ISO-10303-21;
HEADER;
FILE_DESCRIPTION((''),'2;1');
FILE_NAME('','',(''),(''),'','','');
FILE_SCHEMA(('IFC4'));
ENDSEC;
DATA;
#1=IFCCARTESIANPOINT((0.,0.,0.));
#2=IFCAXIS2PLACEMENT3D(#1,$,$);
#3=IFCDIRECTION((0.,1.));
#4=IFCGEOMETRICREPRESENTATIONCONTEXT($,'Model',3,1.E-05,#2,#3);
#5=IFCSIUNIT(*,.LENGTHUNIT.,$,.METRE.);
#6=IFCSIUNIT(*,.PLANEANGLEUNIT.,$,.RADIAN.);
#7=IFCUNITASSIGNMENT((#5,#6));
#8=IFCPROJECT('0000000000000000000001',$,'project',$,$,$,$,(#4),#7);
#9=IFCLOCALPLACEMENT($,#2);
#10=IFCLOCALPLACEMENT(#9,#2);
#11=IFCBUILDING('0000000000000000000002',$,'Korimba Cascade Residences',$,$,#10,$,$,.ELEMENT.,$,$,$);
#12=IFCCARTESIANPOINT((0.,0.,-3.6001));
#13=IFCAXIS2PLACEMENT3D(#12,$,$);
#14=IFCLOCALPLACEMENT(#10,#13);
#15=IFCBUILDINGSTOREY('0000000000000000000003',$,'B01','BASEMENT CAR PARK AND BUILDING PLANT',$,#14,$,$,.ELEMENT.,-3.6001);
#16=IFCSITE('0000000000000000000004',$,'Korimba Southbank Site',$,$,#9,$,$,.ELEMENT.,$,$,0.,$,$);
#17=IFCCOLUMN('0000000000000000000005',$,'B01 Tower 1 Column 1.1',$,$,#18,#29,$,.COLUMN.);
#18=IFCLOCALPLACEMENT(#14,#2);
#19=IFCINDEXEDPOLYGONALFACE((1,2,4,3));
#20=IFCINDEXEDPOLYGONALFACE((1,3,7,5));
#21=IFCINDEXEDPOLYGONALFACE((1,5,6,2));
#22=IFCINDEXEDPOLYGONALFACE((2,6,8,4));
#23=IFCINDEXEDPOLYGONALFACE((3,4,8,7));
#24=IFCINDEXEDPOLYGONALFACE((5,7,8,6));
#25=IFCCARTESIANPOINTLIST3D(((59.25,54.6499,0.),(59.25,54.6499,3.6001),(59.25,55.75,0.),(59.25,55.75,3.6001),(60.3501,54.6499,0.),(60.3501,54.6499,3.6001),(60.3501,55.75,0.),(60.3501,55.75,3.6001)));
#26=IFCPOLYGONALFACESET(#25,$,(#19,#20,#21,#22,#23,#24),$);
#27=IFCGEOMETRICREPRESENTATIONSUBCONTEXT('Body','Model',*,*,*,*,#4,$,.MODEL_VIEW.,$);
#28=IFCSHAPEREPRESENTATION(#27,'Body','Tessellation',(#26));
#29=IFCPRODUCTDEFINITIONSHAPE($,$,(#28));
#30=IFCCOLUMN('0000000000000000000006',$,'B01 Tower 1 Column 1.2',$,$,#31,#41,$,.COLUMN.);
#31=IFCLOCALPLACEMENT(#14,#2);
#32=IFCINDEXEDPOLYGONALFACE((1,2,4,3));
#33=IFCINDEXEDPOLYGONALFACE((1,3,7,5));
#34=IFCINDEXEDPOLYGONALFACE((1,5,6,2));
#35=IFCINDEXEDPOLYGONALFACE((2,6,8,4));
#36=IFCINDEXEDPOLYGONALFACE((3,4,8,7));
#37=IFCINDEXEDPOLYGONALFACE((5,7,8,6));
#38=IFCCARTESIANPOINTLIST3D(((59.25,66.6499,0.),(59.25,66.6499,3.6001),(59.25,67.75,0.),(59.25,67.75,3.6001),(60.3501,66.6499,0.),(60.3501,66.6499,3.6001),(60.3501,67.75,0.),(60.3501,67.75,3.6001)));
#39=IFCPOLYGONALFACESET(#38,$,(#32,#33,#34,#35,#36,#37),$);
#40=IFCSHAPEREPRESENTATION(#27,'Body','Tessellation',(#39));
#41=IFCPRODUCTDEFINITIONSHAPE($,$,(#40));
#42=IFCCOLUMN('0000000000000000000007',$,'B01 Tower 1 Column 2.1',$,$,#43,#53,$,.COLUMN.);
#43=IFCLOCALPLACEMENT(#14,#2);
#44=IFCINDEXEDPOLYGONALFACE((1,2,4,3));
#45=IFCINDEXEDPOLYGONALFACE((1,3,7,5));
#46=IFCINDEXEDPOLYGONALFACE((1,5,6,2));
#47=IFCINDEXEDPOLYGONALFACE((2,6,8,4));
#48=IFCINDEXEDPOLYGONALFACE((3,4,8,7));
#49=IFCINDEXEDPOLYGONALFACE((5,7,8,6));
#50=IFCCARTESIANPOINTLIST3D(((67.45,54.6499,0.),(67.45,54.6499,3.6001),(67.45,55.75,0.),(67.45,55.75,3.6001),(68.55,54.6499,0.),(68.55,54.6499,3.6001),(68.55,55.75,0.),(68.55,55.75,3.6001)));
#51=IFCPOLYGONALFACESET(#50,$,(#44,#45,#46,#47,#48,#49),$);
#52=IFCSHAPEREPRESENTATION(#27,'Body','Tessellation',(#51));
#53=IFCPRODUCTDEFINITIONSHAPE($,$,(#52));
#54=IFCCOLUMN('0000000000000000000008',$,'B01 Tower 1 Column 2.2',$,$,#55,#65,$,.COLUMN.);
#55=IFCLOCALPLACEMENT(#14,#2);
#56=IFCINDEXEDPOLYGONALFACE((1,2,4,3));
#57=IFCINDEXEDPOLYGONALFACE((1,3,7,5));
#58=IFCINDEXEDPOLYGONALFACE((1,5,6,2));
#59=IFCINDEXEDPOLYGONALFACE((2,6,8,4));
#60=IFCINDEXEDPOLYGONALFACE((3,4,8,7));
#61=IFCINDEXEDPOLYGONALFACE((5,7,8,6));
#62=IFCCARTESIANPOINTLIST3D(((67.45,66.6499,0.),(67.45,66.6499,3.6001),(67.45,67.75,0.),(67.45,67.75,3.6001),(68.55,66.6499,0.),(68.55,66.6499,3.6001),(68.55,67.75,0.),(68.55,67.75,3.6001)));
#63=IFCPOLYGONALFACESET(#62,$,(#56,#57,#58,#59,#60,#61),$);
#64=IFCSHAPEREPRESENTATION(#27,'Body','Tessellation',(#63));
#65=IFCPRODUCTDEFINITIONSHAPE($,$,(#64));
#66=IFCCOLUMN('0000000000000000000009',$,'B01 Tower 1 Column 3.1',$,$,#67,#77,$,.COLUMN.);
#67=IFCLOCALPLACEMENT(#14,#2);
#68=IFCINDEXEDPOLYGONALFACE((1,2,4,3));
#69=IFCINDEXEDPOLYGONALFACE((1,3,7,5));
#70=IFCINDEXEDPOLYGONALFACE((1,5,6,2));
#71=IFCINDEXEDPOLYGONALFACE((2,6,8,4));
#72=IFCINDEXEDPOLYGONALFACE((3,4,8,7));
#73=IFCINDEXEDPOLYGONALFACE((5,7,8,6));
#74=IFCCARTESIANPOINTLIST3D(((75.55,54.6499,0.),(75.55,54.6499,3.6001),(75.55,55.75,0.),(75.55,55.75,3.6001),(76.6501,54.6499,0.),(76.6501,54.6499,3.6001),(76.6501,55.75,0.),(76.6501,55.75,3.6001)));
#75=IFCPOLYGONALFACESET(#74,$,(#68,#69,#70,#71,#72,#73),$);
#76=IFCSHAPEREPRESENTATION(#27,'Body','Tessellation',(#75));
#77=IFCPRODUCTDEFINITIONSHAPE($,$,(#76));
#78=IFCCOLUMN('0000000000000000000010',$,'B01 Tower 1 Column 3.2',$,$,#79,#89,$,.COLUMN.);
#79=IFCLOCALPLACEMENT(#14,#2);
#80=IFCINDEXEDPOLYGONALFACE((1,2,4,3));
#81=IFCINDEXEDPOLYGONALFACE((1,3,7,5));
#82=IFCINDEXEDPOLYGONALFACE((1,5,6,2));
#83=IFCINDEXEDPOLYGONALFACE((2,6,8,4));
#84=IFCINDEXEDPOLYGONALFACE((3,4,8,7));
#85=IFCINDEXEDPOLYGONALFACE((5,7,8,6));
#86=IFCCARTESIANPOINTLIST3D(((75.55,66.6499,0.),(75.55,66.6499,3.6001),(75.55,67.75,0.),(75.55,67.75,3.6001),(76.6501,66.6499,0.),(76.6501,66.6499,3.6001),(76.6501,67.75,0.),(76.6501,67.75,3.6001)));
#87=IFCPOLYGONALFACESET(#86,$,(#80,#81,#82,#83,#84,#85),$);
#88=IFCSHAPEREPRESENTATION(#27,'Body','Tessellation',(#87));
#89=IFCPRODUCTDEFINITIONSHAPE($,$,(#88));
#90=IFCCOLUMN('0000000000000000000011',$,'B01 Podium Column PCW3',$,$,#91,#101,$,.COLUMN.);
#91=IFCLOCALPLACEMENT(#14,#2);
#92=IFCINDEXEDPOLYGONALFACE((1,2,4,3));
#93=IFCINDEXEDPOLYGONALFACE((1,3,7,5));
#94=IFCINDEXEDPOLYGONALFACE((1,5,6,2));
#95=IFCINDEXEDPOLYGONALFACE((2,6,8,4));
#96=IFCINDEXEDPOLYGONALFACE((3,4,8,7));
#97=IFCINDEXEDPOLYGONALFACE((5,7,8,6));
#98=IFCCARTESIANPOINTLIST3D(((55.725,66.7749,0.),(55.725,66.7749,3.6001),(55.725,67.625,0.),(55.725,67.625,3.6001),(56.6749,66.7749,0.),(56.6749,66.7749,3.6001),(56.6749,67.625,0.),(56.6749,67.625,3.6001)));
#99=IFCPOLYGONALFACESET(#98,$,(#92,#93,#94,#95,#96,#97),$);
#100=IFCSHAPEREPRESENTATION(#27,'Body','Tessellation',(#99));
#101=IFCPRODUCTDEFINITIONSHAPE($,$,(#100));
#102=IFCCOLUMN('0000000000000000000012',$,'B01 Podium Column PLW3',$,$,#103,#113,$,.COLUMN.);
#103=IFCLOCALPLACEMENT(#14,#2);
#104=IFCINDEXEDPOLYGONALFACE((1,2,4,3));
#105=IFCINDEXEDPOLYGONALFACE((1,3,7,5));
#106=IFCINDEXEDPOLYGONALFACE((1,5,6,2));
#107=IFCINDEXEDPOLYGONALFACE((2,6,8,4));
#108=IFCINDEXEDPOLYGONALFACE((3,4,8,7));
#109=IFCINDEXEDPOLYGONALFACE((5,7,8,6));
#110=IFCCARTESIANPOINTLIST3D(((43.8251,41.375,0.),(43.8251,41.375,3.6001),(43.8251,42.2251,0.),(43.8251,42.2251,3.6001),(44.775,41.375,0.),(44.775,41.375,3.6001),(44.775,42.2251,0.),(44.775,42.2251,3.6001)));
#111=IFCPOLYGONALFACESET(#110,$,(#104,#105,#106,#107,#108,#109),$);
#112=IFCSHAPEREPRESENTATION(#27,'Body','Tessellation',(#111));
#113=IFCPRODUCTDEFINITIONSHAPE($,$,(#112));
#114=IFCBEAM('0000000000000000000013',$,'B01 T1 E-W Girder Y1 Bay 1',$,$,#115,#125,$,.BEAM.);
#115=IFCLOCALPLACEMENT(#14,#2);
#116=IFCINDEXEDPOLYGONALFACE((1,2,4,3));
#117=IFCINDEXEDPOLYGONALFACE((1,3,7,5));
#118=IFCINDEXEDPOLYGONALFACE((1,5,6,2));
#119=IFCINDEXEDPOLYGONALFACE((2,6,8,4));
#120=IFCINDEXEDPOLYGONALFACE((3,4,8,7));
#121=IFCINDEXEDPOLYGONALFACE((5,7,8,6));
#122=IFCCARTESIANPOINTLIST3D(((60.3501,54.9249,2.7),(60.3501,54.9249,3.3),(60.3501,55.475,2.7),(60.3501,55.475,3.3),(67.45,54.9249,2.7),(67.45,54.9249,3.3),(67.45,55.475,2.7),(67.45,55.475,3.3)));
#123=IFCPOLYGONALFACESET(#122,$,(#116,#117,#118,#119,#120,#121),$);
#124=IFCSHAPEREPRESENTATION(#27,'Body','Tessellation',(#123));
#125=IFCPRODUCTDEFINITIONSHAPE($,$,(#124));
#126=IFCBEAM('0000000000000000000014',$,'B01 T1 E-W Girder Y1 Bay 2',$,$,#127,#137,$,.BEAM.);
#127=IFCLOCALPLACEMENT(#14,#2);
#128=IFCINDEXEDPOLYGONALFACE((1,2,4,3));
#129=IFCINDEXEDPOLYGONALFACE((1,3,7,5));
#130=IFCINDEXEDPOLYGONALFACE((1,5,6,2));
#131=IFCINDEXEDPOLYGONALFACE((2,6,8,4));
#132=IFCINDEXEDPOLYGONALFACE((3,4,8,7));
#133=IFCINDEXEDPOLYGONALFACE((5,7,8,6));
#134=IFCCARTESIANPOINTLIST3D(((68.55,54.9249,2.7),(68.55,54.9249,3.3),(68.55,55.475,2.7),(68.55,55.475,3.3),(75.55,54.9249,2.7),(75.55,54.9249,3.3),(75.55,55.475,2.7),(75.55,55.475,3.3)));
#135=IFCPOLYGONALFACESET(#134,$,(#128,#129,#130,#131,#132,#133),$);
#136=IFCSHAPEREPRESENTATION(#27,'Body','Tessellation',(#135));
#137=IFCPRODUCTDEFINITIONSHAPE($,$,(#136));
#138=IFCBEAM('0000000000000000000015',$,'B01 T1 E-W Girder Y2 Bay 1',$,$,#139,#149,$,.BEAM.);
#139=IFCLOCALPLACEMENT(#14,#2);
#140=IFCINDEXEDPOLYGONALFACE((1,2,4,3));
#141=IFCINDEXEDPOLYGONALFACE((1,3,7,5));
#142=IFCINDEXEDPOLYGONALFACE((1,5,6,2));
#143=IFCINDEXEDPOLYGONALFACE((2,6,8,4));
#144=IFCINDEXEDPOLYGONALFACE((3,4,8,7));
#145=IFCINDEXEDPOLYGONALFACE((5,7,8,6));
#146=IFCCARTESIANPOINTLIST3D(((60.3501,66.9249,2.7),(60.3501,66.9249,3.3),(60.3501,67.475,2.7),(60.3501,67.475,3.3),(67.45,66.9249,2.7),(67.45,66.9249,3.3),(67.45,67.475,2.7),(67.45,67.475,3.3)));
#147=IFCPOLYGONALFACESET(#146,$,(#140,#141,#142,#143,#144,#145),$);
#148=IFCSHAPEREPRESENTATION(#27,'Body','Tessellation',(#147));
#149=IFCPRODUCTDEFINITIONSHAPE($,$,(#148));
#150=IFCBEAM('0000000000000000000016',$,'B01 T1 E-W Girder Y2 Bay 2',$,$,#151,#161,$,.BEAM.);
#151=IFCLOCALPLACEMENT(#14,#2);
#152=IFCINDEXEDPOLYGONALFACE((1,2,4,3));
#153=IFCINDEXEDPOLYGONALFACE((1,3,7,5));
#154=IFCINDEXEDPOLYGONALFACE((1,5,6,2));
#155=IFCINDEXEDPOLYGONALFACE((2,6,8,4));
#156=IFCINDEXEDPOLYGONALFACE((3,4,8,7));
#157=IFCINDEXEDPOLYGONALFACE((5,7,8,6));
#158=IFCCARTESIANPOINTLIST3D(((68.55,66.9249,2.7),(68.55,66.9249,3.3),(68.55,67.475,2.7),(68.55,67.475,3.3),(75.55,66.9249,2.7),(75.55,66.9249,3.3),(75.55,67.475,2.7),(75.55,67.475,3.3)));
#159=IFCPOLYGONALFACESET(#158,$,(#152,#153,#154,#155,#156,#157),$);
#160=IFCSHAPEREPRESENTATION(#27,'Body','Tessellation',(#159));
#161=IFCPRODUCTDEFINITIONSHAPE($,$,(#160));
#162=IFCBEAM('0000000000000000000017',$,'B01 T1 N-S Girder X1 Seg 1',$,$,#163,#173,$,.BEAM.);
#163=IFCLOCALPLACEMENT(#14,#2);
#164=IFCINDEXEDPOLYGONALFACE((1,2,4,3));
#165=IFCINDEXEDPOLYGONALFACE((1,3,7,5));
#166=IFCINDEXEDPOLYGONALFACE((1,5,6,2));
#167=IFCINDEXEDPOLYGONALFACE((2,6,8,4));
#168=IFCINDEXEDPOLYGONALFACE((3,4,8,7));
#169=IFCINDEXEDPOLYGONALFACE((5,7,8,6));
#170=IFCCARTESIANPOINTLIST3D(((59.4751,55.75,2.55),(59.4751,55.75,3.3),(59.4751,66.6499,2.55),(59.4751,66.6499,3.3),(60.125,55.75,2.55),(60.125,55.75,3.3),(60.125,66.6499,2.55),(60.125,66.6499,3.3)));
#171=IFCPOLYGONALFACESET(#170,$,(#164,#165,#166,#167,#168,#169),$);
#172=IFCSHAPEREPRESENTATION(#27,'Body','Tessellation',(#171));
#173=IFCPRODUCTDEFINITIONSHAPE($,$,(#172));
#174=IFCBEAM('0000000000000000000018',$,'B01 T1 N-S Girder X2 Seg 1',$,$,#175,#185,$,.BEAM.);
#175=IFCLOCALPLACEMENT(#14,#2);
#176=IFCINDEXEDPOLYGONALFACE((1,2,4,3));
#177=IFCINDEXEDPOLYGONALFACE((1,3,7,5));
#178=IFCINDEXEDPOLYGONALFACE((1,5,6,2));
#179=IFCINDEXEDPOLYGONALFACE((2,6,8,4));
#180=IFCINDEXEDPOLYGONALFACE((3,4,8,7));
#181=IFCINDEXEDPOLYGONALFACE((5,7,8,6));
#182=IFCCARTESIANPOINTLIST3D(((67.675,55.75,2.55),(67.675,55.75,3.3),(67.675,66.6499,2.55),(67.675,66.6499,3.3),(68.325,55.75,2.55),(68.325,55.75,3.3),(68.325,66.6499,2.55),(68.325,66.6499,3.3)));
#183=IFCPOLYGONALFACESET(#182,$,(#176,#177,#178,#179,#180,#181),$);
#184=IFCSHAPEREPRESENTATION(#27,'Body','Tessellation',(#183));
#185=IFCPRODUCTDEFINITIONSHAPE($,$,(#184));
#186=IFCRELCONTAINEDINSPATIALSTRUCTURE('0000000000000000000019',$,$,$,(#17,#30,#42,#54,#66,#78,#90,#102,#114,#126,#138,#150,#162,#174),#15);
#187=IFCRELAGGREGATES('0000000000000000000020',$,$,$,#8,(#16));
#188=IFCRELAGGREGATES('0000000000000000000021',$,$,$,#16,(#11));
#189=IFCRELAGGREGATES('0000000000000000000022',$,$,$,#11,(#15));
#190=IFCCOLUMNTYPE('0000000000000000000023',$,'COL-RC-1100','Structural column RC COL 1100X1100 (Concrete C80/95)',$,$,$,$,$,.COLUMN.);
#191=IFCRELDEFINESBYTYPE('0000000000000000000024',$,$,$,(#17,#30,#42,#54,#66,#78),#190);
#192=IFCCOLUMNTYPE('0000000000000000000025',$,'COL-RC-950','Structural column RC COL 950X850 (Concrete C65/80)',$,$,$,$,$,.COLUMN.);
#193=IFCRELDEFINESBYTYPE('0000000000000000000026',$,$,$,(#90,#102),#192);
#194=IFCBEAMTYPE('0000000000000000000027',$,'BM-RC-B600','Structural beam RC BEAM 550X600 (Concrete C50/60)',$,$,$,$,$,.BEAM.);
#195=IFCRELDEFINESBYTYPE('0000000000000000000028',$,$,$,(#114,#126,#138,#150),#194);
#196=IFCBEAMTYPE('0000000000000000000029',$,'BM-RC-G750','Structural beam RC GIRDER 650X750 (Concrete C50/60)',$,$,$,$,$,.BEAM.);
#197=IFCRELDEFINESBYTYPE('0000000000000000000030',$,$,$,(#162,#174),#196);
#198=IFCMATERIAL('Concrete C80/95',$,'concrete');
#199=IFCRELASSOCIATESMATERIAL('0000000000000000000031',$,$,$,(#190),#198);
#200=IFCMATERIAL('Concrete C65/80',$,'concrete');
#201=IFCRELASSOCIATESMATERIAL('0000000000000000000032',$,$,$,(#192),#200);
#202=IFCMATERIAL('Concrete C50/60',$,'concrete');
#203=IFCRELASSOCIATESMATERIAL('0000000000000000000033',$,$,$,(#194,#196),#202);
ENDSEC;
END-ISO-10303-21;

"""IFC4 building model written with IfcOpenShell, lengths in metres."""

from ifc_helpers import new_model, si_unit, direction, frame, origin, origin_2d, place, context, subcontext, project, spatial, rectangle, extrude, material, material_profile, profile_set, type_object, element, save


model = new_model("IFC4")

# Units and contexts
model_context = context("Model", 3, precision=1e-05, world=origin(), true_north=direction((0.0, 1.0)))
body_context = subcontext(model_context, "Body", "Model", "MODEL_VIEW")
ifc_project = project(units=[si_unit("LENGTHUNIT", "METRE"), si_unit("PLANEANGLEUNIT", "RADIAN")], contexts=[model_context])

# Site, building, storey
site_placement = place(None, origin())
site = spatial("IfcSite", under=ifc_project, at=site_placement, Name="Korimba Southbank Site", CompositionType="ELEMENT", RefElevation=0.0)
building_placement = place(site_placement, origin())
building = spatial("IfcBuilding", under=site, at=building_placement, Name="Korimba Cascade Residences", CompositionType="ELEMENT")
storey_placement = place(building_placement, frame((0.0, 0.0, -3.6001)))
storey = spatial("IfcBuildingStorey", under=building, at=storey_placement, Name="B01", Description="BASEMENT CAR PARK AND BUILDING PLANT", CompositionType="ELEMENT", Elevation=-3.6001)

# Columns
ifc_material_1 = material(Name="Concrete C80/95", Category="concrete")
ifc_material_profile_1 = material_profile(ifc_material_1, rectangle(XDim=1.1001, YDim=1.1001, at=origin_2d()), Name="Concrete C80/95")
ifc_profile_set_1 = profile_set([ifc_material_profile_1], Name="Concrete C80/95")
column_type_1 = type_object("IfcColumnType", Name="COL-RC-1100", Description="Structural column RC COL 1100X1100 (Concrete C80/95)", PredefinedType="COLUMN", material=ifc_profile_set_1)
for number, where, z_axis, x_axis, name in (
    (1, (59.8, 55.2, 0.0), (0.0, 0.0, 1.0), (1.0, 0.0, 0.0), "B01 Tower 1 Column 1.1"),
    (2, (59.8, 67.2, 0.0), (0.0, 0.0, 1.0), (1.0, 0.0, 0.0), "B01 Tower 1 Column 1.2"),
    (3, (68.0, 55.2, 0.0), (0.0, 0.0, 1.0), (1.0, 0.0, 0.0), "B01 Tower 1 Column 2.1"),
    (4, (68.0, 67.2, 0.0), (0.0, 0.0, 1.0), (1.0, 0.0, 0.0), "B01 Tower 1 Column 2.2"),
    (5, (76.1001, 55.2, 0.0), (0.0, 0.0, 1.0), (1.0, 0.0, 0.0), "B01 Tower 1 Column 3.1"),
    (6, (76.1001, 67.2, 0.0), (0.0, 0.0, 1.0), (1.0, 0.0, 0.0), "B01 Tower 1 Column 3.2"),
):
    element("IfcColumn", number, at=place(storey_placement, frame(where, z_axis=z_axis, x_axis=x_axis)), inside=storey, type_object=column_type_1, Name=name, PredefinedType="COLUMN", context=body_context, shape_type="SweptSolid", body=[
        extrude(rectangle(XDim=1.1001, YDim=1.1001, at=origin_2d()), origin(), (0.0, 0.0, 1.0), 3.6001),
    ])
ifc_material_2 = material(Name="Concrete C65/80", Category="concrete")
ifc_material_profile_2 = material_profile(ifc_material_2, rectangle(XDim=0.95, YDim=0.8501, at=origin_2d()), Name="Concrete C65/80")
ifc_profile_set_2 = profile_set([ifc_material_profile_2], Name="Concrete C65/80")
column_type_2 = type_object("IfcColumnType", Name="COL-RC-950", Description="Structural column RC COL 950X850 (Concrete C65/80)", PredefinedType="COLUMN", material=ifc_profile_set_2)
for number, where, z_axis, x_axis, name in (
    (7, (56.2, 67.2, 0.0), (0.0, 0.0, 1.0), (1.0, 0.0, 0.0), "B01 Podium Column PCW3"),
    (8, (44.3, 41.8, 0.0), (0.0, 0.0, 1.0), (1.0, 0.0, 0.0), "B01 Podium Column PLW3"),
):
    element("IfcColumn", number, at=place(storey_placement, frame(where, z_axis=z_axis, x_axis=x_axis)), inside=storey, type_object=column_type_2, Name=name, PredefinedType="COLUMN", context=body_context, shape_type="SweptSolid", body=[
        extrude(rectangle(XDim=0.95, YDim=0.8501, at=origin_2d()), origin(), (0.0, 0.0, 1.0), 3.6001),
    ])

# Beams
ifc_material_3 = material(Name="Concrete C50/60", Category="concrete")
ifc_material_profile_3 = material_profile(ifc_material_3, rectangle(XDim=0.55, YDim=0.6001, at=origin_2d()), Name="Concrete C50/60")
ifc_profile_set_3 = profile_set([ifc_material_profile_3], Name="Concrete C50/60")
beam_type_1 = type_object("IfcBeamType", Name="BM-RC-B600", Description="Structural beam RC BEAM 550X600 (Concrete C50/60)", PredefinedType="BEAM", material=ifc_profile_set_3)
beam_1_placement = place(storey_placement, frame((60.3501, 55.2, 3.0), z_axis=(1.0, 0.0, 0.0), x_axis=(0.0, 1.0, 0.0)))
element("IfcBeam", 9, at=beam_1_placement, inside=storey, type_object=beam_type_1, Name="B01 T1 E-W Girder Y1 Bay 1", PredefinedType="BEAM", context=body_context, shape_type="SweptSolid", body=[
    extrude(rectangle(XDim=0.55, YDim=0.6001, at=origin_2d()), origin(), (0.0, 0.0, 1.0), 7.0999),
])
beam_2_placement = place(storey_placement, frame((68.55, 55.2, 3.0), z_axis=(1.0, 0.0, 0.0), x_axis=(0.0, 1.0, 0.0)))
element("IfcBeam", 10, at=beam_2_placement, inside=storey, type_object=beam_type_1, Name="B01 T1 E-W Girder Y1 Bay 2", PredefinedType="BEAM", context=body_context, shape_type="SweptSolid", body=[
    extrude(rectangle(XDim=0.55, YDim=0.6001, at=origin_2d()), origin(), (0.0, 0.0, 1.0), 7.0),
])
beam_3_placement = place(storey_placement, frame((60.3501, 67.2, 3.0), z_axis=(1.0, 0.0, 0.0), x_axis=(0.0, 1.0, 0.0)))
element("IfcBeam", 11, at=beam_3_placement, inside=storey, type_object=beam_type_1, Name="B01 T1 E-W Girder Y2 Bay 1", PredefinedType="BEAM", context=body_context, shape_type="SweptSolid", body=[
    extrude(rectangle(XDim=0.55, YDim=0.6001, at=origin_2d()), origin(), (0.0, 0.0, 1.0), 7.0999),
])
beam_4_placement = place(storey_placement, frame((68.55, 67.2, 3.0), z_axis=(1.0, 0.0, 0.0), x_axis=(0.0, 1.0, 0.0)))
element("IfcBeam", 12, at=beam_4_placement, inside=storey, type_object=beam_type_1, Name="B01 T1 E-W Girder Y2 Bay 2", PredefinedType="BEAM", context=body_context, shape_type="SweptSolid", body=[
    extrude(rectangle(XDim=0.55, YDim=0.6001, at=origin_2d()), origin(), (0.0, 0.0, 1.0), 7.0),
])
ifc_material_profile_4 = material_profile(ifc_material_3, rectangle(XDim=0.6499, YDim=0.75, at=origin_2d()), Name="Concrete C50/60")
ifc_profile_set_4 = profile_set([ifc_material_profile_4], Name="Concrete C50/60")
beam_type_2 = type_object("IfcBeamType", Name="BM-RC-G750", Description="Structural beam RC GIRDER 650X750 (Concrete C50/60)", PredefinedType="BEAM", material=ifc_profile_set_4)
for number, where, z_axis, x_axis, name in (
    (13, (59.8, 55.75, 2.925), (0.0, 1.0, 0.0), (-1.0, 0.0, 0.0), "B01 T1 N-S Girder X1 Seg 1"),
    (14, (68.0, 55.75, 2.925), (0.0, 1.0, 0.0), (-1.0, 0.0, 0.0), "B01 T1 N-S Girder X2 Seg 1"),
):
    element("IfcBeam", number, at=place(storey_placement, frame(where, z_axis=z_axis, x_axis=x_axis)), inside=storey, type_object=beam_type_2, Name=name, PredefinedType="BEAM", context=body_context, shape_type="SweptSolid", body=[
        extrude(rectangle(XDim=0.6499, YDim=0.75, at=origin_2d()), origin(), (0.0, 0.0, 1.0), 10.8999),
    ])

save(model, "model.ifc")
